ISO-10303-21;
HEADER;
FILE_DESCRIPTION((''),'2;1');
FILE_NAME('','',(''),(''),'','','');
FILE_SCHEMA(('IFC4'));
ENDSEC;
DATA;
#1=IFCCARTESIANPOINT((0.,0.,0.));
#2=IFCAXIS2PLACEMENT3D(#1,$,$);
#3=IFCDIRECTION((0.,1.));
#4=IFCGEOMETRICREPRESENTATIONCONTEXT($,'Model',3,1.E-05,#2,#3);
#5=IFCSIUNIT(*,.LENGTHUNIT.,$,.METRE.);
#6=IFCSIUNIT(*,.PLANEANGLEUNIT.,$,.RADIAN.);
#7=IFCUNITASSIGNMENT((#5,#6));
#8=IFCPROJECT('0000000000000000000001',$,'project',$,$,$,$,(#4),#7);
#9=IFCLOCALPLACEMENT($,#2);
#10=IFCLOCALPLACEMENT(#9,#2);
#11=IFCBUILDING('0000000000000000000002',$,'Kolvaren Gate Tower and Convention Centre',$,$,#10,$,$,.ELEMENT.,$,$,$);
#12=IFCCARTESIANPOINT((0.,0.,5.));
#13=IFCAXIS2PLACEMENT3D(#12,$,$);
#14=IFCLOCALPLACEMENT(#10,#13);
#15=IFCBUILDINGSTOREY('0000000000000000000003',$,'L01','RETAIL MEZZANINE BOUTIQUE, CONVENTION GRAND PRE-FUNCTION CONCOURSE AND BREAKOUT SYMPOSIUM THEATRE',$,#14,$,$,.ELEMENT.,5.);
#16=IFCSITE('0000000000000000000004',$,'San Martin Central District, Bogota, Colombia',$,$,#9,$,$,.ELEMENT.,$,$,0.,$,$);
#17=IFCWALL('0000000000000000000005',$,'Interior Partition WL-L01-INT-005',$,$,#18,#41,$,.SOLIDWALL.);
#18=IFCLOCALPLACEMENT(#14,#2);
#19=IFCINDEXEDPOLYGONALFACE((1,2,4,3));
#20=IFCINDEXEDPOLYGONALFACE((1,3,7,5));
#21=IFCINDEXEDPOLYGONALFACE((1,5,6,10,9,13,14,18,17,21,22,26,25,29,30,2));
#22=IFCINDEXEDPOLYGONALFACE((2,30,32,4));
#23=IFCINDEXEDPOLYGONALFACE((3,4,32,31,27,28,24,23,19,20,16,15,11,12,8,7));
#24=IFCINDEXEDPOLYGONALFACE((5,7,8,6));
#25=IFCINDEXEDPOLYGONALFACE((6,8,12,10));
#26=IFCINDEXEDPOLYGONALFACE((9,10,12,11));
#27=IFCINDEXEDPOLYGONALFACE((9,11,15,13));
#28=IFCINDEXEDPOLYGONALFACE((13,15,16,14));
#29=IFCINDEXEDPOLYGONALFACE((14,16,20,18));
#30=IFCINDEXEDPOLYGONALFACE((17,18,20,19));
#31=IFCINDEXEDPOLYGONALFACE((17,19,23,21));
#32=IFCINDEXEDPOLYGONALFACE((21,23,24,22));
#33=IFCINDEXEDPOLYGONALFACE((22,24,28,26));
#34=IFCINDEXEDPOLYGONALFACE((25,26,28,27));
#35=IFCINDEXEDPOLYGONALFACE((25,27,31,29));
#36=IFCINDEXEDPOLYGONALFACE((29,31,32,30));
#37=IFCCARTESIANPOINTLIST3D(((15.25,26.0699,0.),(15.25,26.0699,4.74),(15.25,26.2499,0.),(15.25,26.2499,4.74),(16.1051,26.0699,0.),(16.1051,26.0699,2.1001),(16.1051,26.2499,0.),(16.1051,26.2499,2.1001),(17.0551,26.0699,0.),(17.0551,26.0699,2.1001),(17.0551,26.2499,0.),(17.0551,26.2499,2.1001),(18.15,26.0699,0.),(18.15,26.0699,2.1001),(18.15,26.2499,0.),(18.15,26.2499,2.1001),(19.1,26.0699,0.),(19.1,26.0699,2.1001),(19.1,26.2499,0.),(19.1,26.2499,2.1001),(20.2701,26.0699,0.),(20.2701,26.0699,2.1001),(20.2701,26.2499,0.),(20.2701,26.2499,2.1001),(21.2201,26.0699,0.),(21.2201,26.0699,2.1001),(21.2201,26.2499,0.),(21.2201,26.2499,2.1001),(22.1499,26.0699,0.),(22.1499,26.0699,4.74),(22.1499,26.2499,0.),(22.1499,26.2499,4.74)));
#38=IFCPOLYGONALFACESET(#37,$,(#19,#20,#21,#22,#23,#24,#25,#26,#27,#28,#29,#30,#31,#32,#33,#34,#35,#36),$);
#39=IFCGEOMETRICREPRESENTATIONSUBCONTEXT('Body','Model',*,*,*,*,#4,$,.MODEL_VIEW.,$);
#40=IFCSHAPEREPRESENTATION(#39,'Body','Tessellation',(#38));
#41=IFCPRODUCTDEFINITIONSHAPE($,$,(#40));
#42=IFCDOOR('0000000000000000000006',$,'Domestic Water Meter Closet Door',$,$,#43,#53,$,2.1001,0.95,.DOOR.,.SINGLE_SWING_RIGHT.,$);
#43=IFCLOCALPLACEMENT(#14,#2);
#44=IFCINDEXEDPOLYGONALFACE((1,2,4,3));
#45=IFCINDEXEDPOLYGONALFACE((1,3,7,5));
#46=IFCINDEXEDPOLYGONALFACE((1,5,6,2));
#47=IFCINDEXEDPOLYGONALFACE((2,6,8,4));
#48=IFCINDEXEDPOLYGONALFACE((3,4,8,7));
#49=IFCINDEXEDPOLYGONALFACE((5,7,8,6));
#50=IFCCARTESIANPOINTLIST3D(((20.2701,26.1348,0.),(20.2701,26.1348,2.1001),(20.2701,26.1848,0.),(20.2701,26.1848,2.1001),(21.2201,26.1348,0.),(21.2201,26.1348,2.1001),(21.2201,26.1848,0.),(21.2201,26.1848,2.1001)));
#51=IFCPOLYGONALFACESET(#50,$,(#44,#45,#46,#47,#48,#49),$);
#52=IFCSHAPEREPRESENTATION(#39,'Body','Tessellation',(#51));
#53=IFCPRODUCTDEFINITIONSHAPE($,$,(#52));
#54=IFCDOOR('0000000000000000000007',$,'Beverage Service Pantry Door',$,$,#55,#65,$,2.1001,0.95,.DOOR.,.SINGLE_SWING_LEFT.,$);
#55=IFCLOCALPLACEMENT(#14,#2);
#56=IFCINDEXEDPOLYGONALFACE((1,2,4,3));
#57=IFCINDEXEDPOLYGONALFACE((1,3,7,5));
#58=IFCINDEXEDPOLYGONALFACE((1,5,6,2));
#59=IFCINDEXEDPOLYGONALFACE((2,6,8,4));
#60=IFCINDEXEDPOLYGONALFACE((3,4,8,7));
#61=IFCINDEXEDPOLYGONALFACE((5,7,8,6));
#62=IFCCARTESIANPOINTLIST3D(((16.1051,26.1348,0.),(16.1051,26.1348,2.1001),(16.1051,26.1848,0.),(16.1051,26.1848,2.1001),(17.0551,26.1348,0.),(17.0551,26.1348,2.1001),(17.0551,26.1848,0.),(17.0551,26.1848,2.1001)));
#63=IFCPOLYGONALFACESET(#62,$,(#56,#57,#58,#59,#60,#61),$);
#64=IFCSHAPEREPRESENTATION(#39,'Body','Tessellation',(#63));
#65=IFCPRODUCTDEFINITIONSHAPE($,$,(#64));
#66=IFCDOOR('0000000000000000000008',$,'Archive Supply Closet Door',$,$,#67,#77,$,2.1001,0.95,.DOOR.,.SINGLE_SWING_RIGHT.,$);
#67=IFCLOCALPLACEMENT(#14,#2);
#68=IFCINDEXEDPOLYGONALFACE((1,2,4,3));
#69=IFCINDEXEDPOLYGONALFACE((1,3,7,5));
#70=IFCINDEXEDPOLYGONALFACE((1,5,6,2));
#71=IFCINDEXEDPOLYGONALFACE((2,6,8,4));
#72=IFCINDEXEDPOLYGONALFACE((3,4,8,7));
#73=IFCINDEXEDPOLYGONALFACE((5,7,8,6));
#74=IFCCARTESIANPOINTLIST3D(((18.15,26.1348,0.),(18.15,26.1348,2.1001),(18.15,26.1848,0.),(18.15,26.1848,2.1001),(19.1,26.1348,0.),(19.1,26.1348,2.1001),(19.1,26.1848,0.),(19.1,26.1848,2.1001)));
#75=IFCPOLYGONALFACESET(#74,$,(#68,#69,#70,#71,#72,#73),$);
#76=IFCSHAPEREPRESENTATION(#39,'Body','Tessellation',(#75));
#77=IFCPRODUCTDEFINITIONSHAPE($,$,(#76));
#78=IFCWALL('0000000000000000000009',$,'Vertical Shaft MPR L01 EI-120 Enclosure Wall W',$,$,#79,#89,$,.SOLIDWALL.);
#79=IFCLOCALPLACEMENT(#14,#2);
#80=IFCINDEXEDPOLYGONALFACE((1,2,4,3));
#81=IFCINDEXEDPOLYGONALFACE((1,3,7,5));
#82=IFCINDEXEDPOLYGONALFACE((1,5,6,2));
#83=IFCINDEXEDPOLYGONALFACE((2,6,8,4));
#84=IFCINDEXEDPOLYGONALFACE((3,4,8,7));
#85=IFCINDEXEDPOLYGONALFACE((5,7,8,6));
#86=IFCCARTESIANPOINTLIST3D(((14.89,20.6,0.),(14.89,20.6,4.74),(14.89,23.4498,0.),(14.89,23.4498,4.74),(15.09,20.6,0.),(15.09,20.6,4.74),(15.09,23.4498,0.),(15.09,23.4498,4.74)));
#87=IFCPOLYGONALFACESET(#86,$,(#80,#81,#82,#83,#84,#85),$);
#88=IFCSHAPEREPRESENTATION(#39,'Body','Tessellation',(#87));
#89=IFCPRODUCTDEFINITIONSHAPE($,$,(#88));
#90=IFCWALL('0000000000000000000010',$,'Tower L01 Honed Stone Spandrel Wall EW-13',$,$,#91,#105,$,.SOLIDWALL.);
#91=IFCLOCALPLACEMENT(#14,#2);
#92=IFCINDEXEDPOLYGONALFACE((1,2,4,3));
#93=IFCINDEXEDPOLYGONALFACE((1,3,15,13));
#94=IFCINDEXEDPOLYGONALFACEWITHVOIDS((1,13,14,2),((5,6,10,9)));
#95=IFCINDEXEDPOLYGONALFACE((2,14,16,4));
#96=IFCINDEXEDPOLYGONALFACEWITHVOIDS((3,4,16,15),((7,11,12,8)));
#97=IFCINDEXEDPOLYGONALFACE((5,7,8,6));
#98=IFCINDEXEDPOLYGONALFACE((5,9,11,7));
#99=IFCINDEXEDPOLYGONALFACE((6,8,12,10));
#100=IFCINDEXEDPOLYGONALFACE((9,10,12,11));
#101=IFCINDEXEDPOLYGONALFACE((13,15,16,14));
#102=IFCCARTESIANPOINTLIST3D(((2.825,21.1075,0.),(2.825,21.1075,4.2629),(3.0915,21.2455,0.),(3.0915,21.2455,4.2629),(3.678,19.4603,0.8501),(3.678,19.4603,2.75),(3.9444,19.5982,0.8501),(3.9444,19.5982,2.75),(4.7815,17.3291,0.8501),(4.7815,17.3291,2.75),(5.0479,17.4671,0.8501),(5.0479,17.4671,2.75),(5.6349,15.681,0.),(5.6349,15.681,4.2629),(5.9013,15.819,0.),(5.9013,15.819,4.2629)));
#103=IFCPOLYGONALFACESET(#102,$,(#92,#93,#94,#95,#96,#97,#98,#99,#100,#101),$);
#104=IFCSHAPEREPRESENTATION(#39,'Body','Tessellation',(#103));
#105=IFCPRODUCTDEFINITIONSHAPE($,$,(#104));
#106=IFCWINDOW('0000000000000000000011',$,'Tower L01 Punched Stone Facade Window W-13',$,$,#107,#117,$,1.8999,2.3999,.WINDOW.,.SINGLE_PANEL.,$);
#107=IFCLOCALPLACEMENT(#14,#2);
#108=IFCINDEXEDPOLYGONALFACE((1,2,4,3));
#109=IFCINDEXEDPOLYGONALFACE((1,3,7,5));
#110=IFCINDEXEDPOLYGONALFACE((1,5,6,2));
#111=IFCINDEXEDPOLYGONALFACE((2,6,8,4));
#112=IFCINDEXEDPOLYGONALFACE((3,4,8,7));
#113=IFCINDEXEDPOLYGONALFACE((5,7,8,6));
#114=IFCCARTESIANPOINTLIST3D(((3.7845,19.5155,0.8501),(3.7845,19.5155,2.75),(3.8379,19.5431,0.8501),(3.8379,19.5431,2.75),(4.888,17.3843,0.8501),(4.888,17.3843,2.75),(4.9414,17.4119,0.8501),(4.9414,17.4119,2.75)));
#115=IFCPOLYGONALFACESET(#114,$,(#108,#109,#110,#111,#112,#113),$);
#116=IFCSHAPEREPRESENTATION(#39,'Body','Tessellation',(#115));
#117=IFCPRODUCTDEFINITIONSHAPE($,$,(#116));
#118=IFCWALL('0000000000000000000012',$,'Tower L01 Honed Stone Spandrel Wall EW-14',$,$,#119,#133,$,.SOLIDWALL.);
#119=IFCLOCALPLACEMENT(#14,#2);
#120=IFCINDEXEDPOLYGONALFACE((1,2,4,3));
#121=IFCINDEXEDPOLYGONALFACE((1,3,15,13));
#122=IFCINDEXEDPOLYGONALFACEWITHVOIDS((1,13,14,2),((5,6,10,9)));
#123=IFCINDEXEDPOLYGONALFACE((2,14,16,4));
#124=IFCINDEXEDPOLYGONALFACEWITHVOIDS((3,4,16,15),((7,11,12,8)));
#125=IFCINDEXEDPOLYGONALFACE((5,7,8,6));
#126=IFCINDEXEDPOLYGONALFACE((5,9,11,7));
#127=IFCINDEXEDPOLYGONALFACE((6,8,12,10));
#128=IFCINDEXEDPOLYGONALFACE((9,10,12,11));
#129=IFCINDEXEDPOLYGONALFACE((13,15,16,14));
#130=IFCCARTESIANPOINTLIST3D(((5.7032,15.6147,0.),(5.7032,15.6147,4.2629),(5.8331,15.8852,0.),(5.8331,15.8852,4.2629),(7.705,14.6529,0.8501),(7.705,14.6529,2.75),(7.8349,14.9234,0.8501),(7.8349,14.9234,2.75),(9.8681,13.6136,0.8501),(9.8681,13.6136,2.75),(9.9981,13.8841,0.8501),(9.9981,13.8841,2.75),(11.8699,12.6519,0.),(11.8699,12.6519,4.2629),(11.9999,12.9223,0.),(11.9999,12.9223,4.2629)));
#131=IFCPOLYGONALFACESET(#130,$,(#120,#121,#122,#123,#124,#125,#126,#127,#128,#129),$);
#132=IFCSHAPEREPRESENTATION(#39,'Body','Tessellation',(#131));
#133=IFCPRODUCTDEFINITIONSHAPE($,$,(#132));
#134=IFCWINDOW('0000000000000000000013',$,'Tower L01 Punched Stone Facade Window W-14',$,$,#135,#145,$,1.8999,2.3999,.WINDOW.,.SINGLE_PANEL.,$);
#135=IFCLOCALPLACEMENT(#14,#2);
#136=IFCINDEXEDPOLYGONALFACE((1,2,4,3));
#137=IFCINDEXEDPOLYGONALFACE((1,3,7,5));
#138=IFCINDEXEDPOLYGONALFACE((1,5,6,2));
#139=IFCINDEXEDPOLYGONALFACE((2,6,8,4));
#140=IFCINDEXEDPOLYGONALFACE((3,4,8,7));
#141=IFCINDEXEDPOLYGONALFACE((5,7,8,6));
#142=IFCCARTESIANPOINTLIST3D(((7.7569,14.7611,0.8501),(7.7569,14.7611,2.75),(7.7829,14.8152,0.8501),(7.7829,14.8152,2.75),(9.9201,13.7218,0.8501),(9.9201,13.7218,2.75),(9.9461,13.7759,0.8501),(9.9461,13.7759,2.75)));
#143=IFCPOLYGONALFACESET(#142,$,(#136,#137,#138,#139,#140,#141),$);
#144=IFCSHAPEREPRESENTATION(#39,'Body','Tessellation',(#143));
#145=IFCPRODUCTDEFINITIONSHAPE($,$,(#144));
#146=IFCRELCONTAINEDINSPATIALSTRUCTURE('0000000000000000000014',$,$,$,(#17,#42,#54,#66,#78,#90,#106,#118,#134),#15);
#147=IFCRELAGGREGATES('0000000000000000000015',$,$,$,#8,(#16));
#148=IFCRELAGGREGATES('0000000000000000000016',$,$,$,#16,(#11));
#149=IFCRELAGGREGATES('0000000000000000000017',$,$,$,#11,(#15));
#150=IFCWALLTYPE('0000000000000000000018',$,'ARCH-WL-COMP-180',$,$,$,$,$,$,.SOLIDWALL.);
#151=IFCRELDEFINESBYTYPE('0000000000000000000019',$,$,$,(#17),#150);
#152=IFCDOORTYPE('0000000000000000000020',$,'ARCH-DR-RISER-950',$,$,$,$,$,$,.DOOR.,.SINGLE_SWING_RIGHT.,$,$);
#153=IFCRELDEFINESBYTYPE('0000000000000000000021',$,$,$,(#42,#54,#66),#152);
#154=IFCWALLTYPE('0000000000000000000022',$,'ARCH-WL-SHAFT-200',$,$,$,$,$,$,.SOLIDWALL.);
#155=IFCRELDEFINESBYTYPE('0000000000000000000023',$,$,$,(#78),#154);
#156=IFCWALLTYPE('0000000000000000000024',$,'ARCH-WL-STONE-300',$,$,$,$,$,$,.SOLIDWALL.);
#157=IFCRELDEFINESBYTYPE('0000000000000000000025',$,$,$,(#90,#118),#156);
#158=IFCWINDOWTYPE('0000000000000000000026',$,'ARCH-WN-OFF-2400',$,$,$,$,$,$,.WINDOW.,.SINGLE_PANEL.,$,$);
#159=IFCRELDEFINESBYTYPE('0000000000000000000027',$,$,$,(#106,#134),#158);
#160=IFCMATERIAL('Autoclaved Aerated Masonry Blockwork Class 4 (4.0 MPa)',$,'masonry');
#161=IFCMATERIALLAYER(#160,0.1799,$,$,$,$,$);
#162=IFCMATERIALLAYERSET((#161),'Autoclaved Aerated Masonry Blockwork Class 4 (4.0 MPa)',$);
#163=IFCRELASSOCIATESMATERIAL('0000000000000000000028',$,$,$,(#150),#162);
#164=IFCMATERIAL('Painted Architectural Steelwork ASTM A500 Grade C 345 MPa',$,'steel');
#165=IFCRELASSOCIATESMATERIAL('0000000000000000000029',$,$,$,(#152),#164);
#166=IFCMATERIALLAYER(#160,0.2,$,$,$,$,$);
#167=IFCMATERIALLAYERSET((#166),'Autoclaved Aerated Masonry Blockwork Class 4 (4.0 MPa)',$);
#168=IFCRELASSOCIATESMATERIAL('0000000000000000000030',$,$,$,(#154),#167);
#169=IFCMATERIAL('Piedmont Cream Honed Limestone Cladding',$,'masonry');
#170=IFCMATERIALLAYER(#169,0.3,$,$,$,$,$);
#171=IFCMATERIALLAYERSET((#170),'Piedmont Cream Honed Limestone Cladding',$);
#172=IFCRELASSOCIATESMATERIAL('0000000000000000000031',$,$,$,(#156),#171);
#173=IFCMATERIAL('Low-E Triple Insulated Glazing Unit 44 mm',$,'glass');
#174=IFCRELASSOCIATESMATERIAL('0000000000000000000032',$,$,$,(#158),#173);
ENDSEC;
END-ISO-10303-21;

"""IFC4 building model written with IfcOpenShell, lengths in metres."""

from ifc_helpers import new_model, si_unit, direction, frame, frame_2d, origin, place, context, subcontext, project, spatial, rectangle, extrude, material, layer, layer_set, type_object, element, fill, save


model = new_model("IFC4")

# Units and contexts
model_context = context("Model", 3, precision=1e-05, world=origin(), true_north=direction((0.0, 1.0)))
body_context = subcontext(model_context, "Body", "Model", "MODEL_VIEW")
ifc_project = project(units=[si_unit("LENGTHUNIT", "METRE"), si_unit("PLANEANGLEUNIT", "RADIAN")], contexts=[model_context])

# Site, building, storey
site_placement = place(None, origin())
site = spatial("IfcSite", under=ifc_project, at=site_placement, Name="San Martin Central District, Bogota, Colombia", CompositionType="ELEMENT", RefElevation=0.0)
building_placement = place(site_placement, origin())
building = spatial("IfcBuilding", under=site, at=building_placement, Name="Kolvaren Gate Tower and Convention Centre", CompositionType="ELEMENT")
storey_placement = place(building_placement, frame((0.0, 0.0, 5.0)))
storey = spatial("IfcBuildingStorey", under=building, at=storey_placement, Name="L01", Description="RETAIL MEZZANINE BOUTIQUE, CONVENTION GRAND PRE-FUNCTION CONCOURSE AND BREAKOUT SYMPOSIUM THEATRE", CompositionType="ELEMENT", Elevation=5.0)

# Wall, openings, doors
ifc_material_1 = material(Name="Autoclaved Aerated Masonry Blockwork Class 4 (4.0 MPa)", Category="masonry")
ifc_layer_1 = layer(ifc_material_1, 0.1799)
ifc_layer_set_1 = layer_set([ifc_layer_1], Name="Autoclaved Aerated Masonry Blockwork Class 4 (4.0 MPa)")
wall_type_1 = type_object("IfcWallType", Name="ARCH-WL-COMP-180", PredefinedType="SOLIDWALL", material=ifc_layer_set_1)
wall_1_placement = place(storey_placement, frame((15.25, 26.1599, 0.0), z_axis=(0.0, 0.0, 1.0), x_axis=(1.0, 0.0, 0.0)))
wall_1 = element("IfcWall", 1, at=wall_1_placement, inside=storey, type_object=wall_type_1, Name="Interior Partition WL-L01-INT-005", PredefinedType="SOLIDWALL", context=body_context, shape_type="SweptSolid", body=[
    extrude(rectangle(XDim=6.8999, YDim=0.1799, at=frame_2d((3.45, 0.0))), origin(), (0.0, 0.0, 1.0), 4.74),
])
opening_1_placement = place(wall_1_placement, frame((5.02, 0.0, 0.0)))
opening_1 = element("IfcOpeningElement", 2, at=opening_1_placement, cuts=wall_1, PredefinedType="OPENING", context=body_context, shape_type="SweptSolid", body=[
    extrude(rectangle(XDim=0.95, YDim=2.1001, at=frame_2d((0.4751, 1.05))), frame((0.0, 0.0999, 0.0), z_axis=(0.0, -1.0, 0.0), x_axis=(1.0, 0.0, 0.0)), (0.0, 0.0, 1.0), 0.2),
])
opening_2_placement = place(wall_1_placement, frame((0.855, 0.0, 0.0)))
opening_2 = element("IfcOpeningElement", 3, at=opening_2_placement, cuts=wall_1, PredefinedType="OPENING", context=body_context, shape_type="SweptSolid", body=[
    extrude(rectangle(XDim=0.95, YDim=2.1001, at=frame_2d((0.4751, 1.05))), frame((0.0, 0.0999, 0.0), z_axis=(0.0, -1.0, 0.0), x_axis=(1.0, 0.0, 0.0)), (0.0, 0.0, 1.0), 0.2),
])
opening_3_placement = place(wall_1_placement, frame((2.8999, 0.0, 0.0)))
opening_3 = element("IfcOpeningElement", 4, at=opening_3_placement, cuts=wall_1, PredefinedType="OPENING", context=body_context, shape_type="SweptSolid", body=[
    extrude(rectangle(XDim=0.95, YDim=2.1001, at=frame_2d((0.4751, 1.05))), frame((0.0, 0.0999, 0.0), z_axis=(0.0, -1.0, 0.0), x_axis=(1.0, 0.0, 0.0)), (0.0, 0.0, 1.0), 0.2),
])
ifc_material_2 = material(Name="Painted Architectural Steelwork ASTM A500 Grade C 345 MPa", Category="steel")
door_type = type_object("IfcDoorType", Name="ARCH-DR-RISER-950", OperationType="SINGLE_SWING_RIGHT", PredefinedType="DOOR", material=ifc_material_2)
door_1_placement = place(opening_1_placement, origin())
door_1 = element("IfcDoor", 5, at=door_1_placement, inside=storey, type_object=door_type, Name="Domestic Water Meter Closet Door", OperationType="SINGLE_SWING_RIGHT", OverallHeight=2.1001, OverallWidth=0.95, PredefinedType="DOOR", context=body_context, shape_type="SweptSolid", body=[
    extrude(rectangle(XDim=0.95, YDim=2.1001, at=frame_2d((0.4751, 1.05))), frame((0.0, 0.0249, 0.0), z_axis=(0.0, -1.0, 0.0), x_axis=(1.0, 0.0, 0.0)), (0.0, 0.0, 1.0), 0.05),
])
fill(opening_1, door_1)
door_2_placement = place(opening_2_placement, origin())
door_2 = element("IfcDoor", 6, at=door_2_placement, inside=storey, type_object=door_type, Name="Beverage Service Pantry Door", OperationType="SINGLE_SWING_LEFT", OverallHeight=2.1001, OverallWidth=0.95, PredefinedType="DOOR", context=body_context, shape_type="SweptSolid", body=[
    extrude(rectangle(XDim=0.95, YDim=2.1001, at=frame_2d((0.4751, 1.05))), frame((0.0, 0.0249, 0.0), z_axis=(0.0, -1.0, 0.0), x_axis=(1.0, 0.0, 0.0)), (0.0, 0.0, 1.0), 0.05),
])
fill(opening_2, door_2)
door_3_placement = place(opening_3_placement, origin())
door_3 = element("IfcDoor", 7, at=door_3_placement, inside=storey, type_object=door_type, Name="Archive Supply Closet Door", OperationType="SINGLE_SWING_RIGHT", OverallHeight=2.1001, OverallWidth=0.95, PredefinedType="DOOR", context=body_context, shape_type="SweptSolid", body=[
    extrude(rectangle(XDim=0.95, YDim=2.1001, at=frame_2d((0.4751, 1.05))), frame((0.0, 0.0249, 0.0), z_axis=(0.0, -1.0, 0.0), x_axis=(1.0, 0.0, 0.0)), (0.0, 0.0, 1.0), 0.05),
])
fill(opening_3, door_3)

# Wall
ifc_layer_2 = layer(ifc_material_1, 0.2)
ifc_layer_set_2 = layer_set([ifc_layer_2], Name="Autoclaved Aerated Masonry Blockwork Class 4 (4.0 MPa)")
wall_type_2 = type_object("IfcWallType", Name="ARCH-WL-SHAFT-200", PredefinedType="SOLIDWALL", material=ifc_layer_set_2)
wall_2_placement = place(storey_placement, frame((14.99, 20.6001, 0.0), z_axis=(0.0, 0.0, 1.0), x_axis=(0.0, 1.0, 0.0)))
element("IfcWall", 8, at=wall_2_placement, inside=storey, type_object=wall_type_2, Name="Vertical Shaft MPR L01 EI-120 Enclosure Wall W", PredefinedType="SOLIDWALL", context=body_context, shape_type="SweptSolid", body=[
    extrude(rectangle(XDim=2.8499, YDim=0.2, at=frame_2d((1.4248, 0.0))), origin(), (0.0, 0.0, 1.0), 4.74),
])

# Walls, openings, windows
ifc_material_3 = material(Name="Piedmont Cream Honed Limestone Cladding", Category="masonry")
ifc_layer_3 = layer(ifc_material_3, 0.3)
ifc_layer_set_3 = layer_set([ifc_layer_3], Name="Piedmont Cream Honed Limestone Cladding")
wall_type_3 = type_object("IfcWallType", Name="ARCH-WL-STONE-300", PredefinedType="SOLIDWALL", material=ifc_layer_set_3)
wall_3_placement = place(storey_placement, frame((2.9583, 21.1765, 0.0), z_axis=(0.0, 0.0, 1.0), x_axis=(0.45981, -0.888017, 0.0)))
wall_3 = element("IfcWall", 9, at=wall_3_placement, inside=storey, type_object=wall_type_3, Name="Tower L01 Honed Stone Spandrel Wall EW-13", PredefinedType="SOLIDWALL", context=body_context, shape_type="SweptSolid", body=[
    extrude(rectangle(XDim=6.1108, YDim=0.3, at=frame_2d((3.0554, 0.0))), origin(), (0.0, 0.0, 1.0), 4.2629),
])
opening_4_placement = place(wall_3_placement, frame((1.855, 0.0, 0.8501)))
opening_4 = element("IfcOpeningElement", 10, at=opening_4_placement, cuts=wall_3, PredefinedType="OPENING", context=body_context, shape_type="SweptSolid", body=[
    extrude(rectangle(XDim=2.3999, YDim=1.8999, at=frame_2d((1.2, 0.95))), frame((0.0, 0.1599, 0.0), z_axis=(0.0, -1.0, 0.0), x_axis=(1.0, 0.0, 0.0)), (0.0, 0.0, 1.0), 0.3201),
])
ifc_material_4 = material(Name="Low-E Triple Insulated Glazing Unit 44 mm", Category="glass")
window_type = type_object("IfcWindowType", Name="ARCH-WN-OFF-2400", PartitioningType="SINGLE_PANEL", PredefinedType="WINDOW", material=ifc_material_4)
window_1_placement = place(opening_4_placement, origin())
window_1 = element("IfcWindow", 11, at=window_1_placement, inside=storey, type_object=window_type, Name="Tower L01 Punched Stone Facade Window W-13", OverallHeight=1.8999, OverallWidth=2.3999, PartitioningType="SINGLE_PANEL", PredefinedType="WINDOW", context=body_context, shape_type="SweptSolid", body=[
    extrude(rectangle(XDim=2.3999, YDim=1.8999, at=frame_2d((1.2, 0.95))), frame((0.0, 0.03, 0.0), z_axis=(0.0, -1.0, 0.0), x_axis=(1.0, 0.0, 0.0)), (0.0, 0.0, 1.0), 0.0601),
])
fill(opening_4, window_1)
wall_4_placement = place(storey_placement, frame((5.7681, 15.75, 0.0), z_axis=(0.0, 0.0, 1.0), x_axis=(0.90136, -0.43307, 0.0)))
wall_4 = element("IfcWall", 12, at=wall_4_placement, inside=storey, type_object=wall_type_3, Name="Tower L01 Honed Stone Spandrel Wall EW-14", PredefinedType="SOLIDWALL", context=body_context, shape_type="SweptSolid", body=[
    extrude(rectangle(XDim=6.8416, YDim=0.3, at=frame_2d((3.4209, 0.0))), origin(), (0.0, 0.0, 1.0), 4.2629),
])
opening_5_placement = place(wall_4_placement, frame((2.2209, 0.0, 0.8501)))
opening_5 = element("IfcOpeningElement", 13, at=opening_5_placement, cuts=wall_4, PredefinedType="OPENING", context=body_context, shape_type="SweptSolid", body=[
    extrude(rectangle(XDim=2.3999, YDim=1.8999, at=frame_2d((1.2, 0.95))), frame((0.0, 0.1599, 0.0), z_axis=(0.0, -1.0, 0.0), x_axis=(1.0, 0.0, 0.0)), (0.0, 0.0, 1.0), 0.3201),
])
window_2_placement = place(opening_5_placement, origin())
window_2 = element("IfcWindow", 14, at=window_2_placement, inside=storey, type_object=window_type, Name="Tower L01 Punched Stone Facade Window W-14", OverallHeight=1.8999, OverallWidth=2.3999, PartitioningType="SINGLE_PANEL", PredefinedType="WINDOW", context=body_context, shape_type="SweptSolid", body=[
    extrude(rectangle(XDim=2.3999, YDim=1.8999, at=frame_2d((1.2, 0.95))), frame((0.0, 0.03, 0.0), z_axis=(0.0, -1.0, 0.0), x_axis=(1.0, 0.0, 0.0)), (0.0, 0.0, 1.0), 0.0601),
])
fill(opening_5, window_2)

save(model, "model.ifc")
